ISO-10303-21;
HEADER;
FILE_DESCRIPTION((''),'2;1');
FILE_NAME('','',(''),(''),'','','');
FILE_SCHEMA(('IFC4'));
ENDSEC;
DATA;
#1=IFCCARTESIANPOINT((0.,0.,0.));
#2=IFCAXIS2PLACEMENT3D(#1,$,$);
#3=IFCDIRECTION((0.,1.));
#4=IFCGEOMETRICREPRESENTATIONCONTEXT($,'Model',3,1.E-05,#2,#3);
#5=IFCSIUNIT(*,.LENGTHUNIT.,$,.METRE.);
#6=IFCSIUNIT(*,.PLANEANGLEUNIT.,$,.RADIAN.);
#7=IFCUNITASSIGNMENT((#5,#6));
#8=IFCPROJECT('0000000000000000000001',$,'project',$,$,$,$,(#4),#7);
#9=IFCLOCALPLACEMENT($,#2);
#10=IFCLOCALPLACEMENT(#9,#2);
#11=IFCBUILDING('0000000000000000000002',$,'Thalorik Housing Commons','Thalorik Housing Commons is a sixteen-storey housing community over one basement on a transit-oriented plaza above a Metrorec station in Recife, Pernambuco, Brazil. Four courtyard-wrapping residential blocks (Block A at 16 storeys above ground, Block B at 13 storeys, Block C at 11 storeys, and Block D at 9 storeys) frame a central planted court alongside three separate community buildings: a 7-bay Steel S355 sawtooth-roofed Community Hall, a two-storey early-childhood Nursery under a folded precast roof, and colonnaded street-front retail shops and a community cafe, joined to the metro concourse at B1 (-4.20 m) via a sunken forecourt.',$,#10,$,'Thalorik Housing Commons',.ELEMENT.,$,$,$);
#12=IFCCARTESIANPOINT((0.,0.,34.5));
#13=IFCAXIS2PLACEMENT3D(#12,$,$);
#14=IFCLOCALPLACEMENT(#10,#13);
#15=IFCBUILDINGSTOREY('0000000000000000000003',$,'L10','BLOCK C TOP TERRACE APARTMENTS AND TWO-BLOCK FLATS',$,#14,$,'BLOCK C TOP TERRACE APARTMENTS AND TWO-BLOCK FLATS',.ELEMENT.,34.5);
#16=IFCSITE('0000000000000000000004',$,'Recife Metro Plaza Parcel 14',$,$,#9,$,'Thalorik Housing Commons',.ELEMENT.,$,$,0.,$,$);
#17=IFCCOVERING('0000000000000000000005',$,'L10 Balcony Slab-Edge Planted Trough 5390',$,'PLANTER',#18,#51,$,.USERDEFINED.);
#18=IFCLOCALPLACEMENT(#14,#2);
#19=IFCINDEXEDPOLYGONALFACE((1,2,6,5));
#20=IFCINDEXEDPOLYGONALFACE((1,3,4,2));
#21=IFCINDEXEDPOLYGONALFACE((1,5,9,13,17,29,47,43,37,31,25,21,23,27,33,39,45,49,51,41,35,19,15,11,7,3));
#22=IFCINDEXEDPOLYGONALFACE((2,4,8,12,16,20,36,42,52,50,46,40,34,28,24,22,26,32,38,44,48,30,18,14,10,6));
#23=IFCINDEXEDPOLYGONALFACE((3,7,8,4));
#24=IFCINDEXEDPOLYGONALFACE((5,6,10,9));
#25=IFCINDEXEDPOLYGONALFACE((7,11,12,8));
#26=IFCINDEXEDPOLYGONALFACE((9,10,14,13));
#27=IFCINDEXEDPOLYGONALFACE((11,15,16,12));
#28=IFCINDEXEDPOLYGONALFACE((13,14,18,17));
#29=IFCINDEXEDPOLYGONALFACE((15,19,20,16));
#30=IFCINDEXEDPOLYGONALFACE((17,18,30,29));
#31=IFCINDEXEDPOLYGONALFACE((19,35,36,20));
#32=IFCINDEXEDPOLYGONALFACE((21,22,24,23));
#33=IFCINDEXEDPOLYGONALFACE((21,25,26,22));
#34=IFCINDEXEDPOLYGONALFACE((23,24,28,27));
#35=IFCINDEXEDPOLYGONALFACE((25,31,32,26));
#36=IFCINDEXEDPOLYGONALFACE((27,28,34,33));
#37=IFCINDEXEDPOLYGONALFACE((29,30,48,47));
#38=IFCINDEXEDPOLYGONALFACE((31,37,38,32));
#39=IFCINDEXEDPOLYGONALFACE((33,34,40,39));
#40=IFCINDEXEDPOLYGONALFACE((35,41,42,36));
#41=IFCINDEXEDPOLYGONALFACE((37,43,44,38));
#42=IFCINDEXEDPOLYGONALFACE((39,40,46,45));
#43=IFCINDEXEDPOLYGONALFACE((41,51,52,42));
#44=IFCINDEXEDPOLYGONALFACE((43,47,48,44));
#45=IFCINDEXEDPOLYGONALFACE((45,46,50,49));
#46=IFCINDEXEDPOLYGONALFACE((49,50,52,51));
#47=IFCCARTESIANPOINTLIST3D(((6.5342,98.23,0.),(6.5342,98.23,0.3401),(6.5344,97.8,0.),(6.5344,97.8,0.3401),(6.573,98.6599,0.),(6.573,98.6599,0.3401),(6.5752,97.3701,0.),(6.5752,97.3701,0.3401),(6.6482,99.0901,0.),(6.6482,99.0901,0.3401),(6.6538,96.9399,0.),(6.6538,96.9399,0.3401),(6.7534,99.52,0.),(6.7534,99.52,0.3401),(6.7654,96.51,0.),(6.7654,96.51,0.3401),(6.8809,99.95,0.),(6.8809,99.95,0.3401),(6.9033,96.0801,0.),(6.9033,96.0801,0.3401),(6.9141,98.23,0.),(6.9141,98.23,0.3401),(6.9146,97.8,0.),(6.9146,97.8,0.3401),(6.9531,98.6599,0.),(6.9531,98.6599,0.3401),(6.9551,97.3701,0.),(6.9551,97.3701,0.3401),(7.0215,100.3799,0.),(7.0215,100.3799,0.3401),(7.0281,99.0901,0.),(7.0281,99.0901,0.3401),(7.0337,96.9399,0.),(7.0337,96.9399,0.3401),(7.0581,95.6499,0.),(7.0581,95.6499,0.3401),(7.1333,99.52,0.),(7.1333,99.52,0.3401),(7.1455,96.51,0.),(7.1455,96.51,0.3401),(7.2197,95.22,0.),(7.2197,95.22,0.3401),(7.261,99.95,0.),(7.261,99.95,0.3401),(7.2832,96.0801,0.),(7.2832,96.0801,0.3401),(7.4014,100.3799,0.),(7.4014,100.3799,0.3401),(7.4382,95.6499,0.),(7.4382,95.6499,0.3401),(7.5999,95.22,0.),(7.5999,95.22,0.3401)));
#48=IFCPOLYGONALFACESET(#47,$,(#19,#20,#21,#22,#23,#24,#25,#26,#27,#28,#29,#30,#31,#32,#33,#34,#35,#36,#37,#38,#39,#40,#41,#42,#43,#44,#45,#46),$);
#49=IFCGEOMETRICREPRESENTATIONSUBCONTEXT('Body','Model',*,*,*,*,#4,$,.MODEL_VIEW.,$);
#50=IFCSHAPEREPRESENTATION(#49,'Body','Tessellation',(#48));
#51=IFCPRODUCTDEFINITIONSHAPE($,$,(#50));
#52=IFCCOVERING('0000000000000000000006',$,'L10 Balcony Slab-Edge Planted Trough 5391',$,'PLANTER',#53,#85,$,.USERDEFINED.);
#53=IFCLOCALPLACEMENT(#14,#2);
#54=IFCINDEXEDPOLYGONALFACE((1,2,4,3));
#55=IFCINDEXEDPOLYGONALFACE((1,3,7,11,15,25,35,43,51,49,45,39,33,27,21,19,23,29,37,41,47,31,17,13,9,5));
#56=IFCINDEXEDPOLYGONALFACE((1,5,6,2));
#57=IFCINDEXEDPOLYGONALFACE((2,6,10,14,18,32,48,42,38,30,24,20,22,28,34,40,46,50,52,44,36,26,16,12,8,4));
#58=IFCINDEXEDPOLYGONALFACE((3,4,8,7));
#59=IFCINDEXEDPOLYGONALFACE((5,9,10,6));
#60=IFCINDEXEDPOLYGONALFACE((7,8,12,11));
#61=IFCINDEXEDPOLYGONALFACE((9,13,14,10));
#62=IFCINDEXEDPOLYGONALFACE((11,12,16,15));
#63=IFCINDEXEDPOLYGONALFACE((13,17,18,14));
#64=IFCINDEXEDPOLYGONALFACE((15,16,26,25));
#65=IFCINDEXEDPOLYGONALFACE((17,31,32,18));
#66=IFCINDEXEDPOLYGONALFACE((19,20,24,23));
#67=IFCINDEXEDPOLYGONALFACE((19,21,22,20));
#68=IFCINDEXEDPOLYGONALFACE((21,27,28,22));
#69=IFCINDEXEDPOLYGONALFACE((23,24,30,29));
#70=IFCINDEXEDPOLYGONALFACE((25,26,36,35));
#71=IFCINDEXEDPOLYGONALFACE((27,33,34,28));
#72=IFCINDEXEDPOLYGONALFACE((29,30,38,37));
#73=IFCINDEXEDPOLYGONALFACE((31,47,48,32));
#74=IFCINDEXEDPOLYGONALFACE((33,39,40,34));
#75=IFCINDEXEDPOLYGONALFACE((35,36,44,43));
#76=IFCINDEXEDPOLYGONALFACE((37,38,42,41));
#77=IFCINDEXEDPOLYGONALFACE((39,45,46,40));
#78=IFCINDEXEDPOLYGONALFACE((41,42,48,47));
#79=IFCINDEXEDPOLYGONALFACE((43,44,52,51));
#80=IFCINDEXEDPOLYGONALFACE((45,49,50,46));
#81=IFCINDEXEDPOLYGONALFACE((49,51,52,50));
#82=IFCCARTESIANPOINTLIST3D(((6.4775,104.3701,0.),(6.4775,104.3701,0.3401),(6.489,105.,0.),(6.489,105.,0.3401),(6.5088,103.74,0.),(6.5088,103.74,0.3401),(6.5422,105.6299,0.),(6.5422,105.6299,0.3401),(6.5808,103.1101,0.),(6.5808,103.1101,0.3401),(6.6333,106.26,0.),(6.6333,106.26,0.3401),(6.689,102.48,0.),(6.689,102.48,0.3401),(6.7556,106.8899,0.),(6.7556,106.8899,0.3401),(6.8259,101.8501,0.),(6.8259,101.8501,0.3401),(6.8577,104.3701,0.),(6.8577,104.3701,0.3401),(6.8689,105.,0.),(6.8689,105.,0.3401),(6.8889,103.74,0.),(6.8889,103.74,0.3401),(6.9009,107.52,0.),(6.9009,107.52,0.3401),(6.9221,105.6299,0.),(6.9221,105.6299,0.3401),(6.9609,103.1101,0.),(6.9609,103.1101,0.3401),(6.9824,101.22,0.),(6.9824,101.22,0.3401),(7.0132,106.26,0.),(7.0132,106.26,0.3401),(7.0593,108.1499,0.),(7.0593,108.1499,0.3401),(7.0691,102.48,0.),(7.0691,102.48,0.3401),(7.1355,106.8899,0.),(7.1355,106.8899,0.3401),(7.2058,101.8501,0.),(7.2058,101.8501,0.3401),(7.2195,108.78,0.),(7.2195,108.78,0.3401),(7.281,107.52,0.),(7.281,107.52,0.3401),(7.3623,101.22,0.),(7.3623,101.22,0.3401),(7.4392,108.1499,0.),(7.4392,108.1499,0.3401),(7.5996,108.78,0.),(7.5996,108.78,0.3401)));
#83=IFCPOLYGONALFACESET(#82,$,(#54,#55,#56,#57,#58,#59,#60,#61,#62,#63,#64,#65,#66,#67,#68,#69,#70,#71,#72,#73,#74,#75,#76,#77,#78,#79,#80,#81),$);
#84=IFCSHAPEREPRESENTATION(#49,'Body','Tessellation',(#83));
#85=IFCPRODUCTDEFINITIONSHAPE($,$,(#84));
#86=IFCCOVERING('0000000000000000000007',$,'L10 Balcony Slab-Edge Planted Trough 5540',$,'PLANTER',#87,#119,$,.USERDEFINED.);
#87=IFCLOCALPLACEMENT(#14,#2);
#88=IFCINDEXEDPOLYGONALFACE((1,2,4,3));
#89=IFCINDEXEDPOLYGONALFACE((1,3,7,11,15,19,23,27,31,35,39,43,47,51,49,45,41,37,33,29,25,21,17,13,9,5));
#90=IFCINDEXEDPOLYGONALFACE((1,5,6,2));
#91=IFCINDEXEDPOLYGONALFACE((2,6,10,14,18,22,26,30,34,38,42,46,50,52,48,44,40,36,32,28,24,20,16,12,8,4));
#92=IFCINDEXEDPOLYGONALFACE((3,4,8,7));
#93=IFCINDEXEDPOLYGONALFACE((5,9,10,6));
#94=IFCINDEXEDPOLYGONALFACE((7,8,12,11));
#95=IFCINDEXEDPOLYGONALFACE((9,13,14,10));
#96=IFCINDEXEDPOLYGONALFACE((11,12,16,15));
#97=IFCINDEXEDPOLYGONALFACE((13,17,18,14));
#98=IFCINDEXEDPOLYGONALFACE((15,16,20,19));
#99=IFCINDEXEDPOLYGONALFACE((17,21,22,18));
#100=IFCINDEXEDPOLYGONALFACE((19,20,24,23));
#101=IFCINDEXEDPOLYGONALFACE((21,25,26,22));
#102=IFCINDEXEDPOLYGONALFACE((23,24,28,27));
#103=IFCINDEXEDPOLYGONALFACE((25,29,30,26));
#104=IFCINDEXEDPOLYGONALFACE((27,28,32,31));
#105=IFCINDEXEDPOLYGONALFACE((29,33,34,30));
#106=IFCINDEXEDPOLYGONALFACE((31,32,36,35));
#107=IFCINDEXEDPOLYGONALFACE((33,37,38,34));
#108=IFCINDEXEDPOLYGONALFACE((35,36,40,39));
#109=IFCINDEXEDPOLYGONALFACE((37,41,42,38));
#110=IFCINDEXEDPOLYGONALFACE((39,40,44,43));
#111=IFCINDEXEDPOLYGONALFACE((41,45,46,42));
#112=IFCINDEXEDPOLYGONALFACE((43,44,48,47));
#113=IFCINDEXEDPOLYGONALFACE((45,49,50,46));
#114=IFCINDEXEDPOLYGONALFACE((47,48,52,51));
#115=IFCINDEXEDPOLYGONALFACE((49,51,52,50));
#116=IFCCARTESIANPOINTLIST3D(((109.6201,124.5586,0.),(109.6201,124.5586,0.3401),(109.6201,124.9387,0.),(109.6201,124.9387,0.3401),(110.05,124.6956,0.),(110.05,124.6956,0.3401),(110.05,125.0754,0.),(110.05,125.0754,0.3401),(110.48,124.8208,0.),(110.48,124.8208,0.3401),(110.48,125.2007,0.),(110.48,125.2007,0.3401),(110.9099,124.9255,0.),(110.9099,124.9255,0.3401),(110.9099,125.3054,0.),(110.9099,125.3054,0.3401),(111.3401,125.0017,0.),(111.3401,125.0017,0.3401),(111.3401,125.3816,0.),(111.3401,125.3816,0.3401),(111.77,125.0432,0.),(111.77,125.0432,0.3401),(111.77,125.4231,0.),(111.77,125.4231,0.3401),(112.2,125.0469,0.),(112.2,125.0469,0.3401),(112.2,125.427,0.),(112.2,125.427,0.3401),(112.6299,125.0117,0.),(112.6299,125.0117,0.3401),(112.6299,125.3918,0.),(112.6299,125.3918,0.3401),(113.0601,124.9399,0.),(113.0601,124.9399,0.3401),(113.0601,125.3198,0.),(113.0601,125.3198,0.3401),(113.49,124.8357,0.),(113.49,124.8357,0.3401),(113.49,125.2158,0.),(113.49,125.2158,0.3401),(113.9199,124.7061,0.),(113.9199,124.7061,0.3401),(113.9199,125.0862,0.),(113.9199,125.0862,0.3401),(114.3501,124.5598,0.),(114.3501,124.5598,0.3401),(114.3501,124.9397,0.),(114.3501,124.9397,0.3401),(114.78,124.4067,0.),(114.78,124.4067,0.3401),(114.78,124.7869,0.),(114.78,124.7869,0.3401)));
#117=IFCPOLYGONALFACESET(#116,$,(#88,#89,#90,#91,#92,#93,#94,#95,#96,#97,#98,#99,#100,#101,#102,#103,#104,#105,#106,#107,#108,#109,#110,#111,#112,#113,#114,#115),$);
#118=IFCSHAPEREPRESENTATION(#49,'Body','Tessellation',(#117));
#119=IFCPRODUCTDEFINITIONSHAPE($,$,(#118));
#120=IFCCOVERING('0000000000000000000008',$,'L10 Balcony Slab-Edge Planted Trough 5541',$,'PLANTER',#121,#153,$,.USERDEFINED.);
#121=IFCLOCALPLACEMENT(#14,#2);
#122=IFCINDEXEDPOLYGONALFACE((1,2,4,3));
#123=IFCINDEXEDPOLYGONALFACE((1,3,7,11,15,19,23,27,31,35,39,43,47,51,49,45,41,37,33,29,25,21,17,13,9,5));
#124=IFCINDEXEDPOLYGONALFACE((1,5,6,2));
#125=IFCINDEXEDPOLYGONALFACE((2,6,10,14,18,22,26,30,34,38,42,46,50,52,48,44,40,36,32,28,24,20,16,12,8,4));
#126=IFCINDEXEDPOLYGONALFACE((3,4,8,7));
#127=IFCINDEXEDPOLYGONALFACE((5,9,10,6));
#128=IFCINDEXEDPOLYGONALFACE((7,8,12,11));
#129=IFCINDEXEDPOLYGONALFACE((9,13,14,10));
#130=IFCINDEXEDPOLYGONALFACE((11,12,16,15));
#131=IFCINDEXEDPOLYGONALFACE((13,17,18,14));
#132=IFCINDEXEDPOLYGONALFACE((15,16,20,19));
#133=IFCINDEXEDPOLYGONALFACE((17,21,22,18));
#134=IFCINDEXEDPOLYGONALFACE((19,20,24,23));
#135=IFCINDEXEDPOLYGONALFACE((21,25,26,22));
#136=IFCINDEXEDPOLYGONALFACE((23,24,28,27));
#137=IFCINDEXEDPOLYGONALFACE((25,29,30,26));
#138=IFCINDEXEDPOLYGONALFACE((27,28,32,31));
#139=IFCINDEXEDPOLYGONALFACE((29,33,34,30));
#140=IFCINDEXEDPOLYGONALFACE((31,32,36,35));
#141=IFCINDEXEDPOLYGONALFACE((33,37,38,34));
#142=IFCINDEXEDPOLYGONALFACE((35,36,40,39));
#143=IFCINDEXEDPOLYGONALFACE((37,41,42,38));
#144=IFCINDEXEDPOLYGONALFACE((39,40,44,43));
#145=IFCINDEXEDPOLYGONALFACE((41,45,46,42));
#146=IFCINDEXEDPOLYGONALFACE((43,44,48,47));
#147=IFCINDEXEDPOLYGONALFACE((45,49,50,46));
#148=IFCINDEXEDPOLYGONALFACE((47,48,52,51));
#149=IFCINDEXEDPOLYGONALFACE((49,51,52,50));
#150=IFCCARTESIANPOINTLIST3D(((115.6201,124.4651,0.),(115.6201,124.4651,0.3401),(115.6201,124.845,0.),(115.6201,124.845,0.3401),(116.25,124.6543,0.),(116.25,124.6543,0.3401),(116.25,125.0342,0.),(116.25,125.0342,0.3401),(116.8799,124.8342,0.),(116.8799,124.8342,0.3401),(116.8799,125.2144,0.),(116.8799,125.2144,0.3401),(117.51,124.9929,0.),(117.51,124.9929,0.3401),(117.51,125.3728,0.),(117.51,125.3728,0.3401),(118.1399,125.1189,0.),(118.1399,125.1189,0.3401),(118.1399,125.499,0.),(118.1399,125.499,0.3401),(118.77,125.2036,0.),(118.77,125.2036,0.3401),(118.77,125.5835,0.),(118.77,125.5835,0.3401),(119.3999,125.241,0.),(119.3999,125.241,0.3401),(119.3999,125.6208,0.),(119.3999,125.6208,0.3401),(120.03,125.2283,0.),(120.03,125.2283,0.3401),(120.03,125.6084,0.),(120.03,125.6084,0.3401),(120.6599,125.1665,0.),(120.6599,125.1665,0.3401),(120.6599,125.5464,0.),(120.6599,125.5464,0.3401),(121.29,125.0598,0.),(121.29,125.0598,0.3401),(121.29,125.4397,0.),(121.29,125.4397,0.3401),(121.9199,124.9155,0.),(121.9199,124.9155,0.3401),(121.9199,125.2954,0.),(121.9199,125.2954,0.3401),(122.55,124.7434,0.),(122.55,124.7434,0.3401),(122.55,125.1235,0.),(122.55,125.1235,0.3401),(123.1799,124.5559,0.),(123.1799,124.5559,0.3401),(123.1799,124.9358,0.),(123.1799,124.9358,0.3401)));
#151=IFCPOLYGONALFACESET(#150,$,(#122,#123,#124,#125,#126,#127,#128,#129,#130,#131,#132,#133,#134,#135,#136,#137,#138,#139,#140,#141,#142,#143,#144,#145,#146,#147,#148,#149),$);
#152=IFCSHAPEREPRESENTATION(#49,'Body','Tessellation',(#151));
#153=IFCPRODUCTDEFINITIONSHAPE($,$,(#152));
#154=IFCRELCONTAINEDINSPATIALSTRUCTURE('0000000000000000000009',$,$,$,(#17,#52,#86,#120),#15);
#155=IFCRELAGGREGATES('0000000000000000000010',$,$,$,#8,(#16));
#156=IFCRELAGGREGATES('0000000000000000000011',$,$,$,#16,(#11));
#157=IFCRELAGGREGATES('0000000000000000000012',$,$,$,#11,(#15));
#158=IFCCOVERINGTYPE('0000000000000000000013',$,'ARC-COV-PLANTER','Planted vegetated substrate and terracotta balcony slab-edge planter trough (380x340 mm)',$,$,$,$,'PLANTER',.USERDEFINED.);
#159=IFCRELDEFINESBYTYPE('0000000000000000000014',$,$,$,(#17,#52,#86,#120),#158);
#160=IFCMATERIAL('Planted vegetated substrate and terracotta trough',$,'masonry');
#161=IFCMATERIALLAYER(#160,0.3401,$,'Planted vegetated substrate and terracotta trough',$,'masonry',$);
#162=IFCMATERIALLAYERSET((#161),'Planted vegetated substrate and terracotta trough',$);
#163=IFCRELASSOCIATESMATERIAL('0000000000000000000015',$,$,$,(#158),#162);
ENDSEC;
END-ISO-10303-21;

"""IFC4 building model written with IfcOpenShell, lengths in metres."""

from ifc_helpers import new_model, si_unit, direction, frame, origin, place, context, subcontext, project, spatial, polyline, outline, extrude, material, layer, layer_set, type_object, element, save


model = new_model("IFC4")

# Units and contexts
model_context = context("Model", 3, precision=1e-05, world=origin(), true_north=direction((0.0, 1.0)))
body_context = subcontext(model_context, "Body", "Model", "MODEL_VIEW")
ifc_project = project(units=[si_unit("LENGTHUNIT", "METRE"), si_unit("PLANEANGLEUNIT", "RADIAN")], contexts=[model_context])

# Site, building, storey
site_placement = place(None, origin())
site = spatial("IfcSite", under=ifc_project, at=site_placement, Name="Recife Metro Plaza Parcel 14", LongName="Thalorik Housing Commons", CompositionType="ELEMENT", RefElevation=0.0)
building_placement = place(site_placement, origin())
building = spatial("IfcBuilding", under=site, at=building_placement, Name="Thalorik Housing Commons", Description="Thalorik Housing Commons is a sixteen-storey housing community over one basement on a transit-oriented plaza above a Metrorec station in Recife, Pernambuco, Brazil. Four courtyard-wrapping residential blocks (Block A at 16 storeys above ground, Block B at 13 storeys, Block C at 11 storeys, and Block D at 9 storeys) frame a central planted court alongside three separate community buildings: a 7-bay Steel S355 sawtooth-roofed Community Hall, a two-storey early-childhood Nursery under a folded precast roof, and colonnaded street-front retail shops and a community cafe, joined to the metro concourse at B1 (-4.20 m) via a sunken forecourt.", LongName="Thalorik Housing Commons", CompositionType="ELEMENT")
storey_placement = place(building_placement, frame((0.0, 0.0, 34.5)))
storey = spatial("IfcBuildingStorey", under=building, at=storey_placement, Name="L10", Description="BLOCK C TOP TERRACE APARTMENTS AND TWO-BLOCK FLATS", LongName="BLOCK C TOP TERRACE APARTMENTS AND TWO-BLOCK FLATS", CompositionType="ELEMENT", Elevation=34.5)

# Coverings
ifc_material_1 = material(Name="Planted vegetated substrate and terracotta trough", Category="masonry")
ifc_layer_1 = layer(ifc_material_1, 0.3401, Name="Planted vegetated substrate and terracotta trough", Category="masonry")
ifc_layer_set_1 = layer_set([ifc_layer_1], Name="Planted vegetated substrate and terracotta trough")
covering_type_1 = type_object("IfcCoveringType", Name="ARC-COV-PLANTER", Description="Planted vegetated substrate and terracotta balcony slab-edge planter trough (380x340 mm)", ElementType="PLANTER", PredefinedType="USERDEFINED", material=ifc_layer_set_1)
covering_1_placement = place(storey_placement, origin())
element("IfcCovering", 1, at=covering_1_placement, inside=storey, type_object=covering_type_1, Name="L10 Balcony Slab-Edge Planted Trough 5390", ObjectType="PLANTER", PredefinedType="USERDEFINED", context=body_context, shape_type="SweptSolid", body=[
    extrude(outline(polyline([(7.0215, 100.3799), (6.8809, 99.95), (6.7534, 99.52), (6.6482, 99.0901), (6.573, 98.6599), (6.5342, 98.23), (6.5344, 97.8), (6.5752, 97.3701), (6.6538, 96.9399), (6.7654, 96.51), (6.9033, 96.0801), (7.0581, 95.6499), (7.2197, 95.22), (7.5999, 95.22), (7.4382, 95.6499), (7.2832, 96.0801), (7.1455, 96.51), (7.0337, 96.9399), (6.9551, 97.3701), (6.9146, 97.8), (6.9141, 98.23), (6.9531, 98.6599), (7.0281, 99.0901), (7.1333, 99.52), (7.261, 99.95), (7.4014, 100.3799), (7.0215, 100.3799)])), origin(), (0.0, 0.0, 1.0), 0.3401),
])
covering_2_placement = place(storey_placement, origin())
element("IfcCovering", 2, at=covering_2_placement, inside=storey, type_object=covering_type_1, Name="L10 Balcony Slab-Edge Planted Trough 5391", ObjectType="PLANTER", PredefinedType="USERDEFINED", context=body_context, shape_type="SweptSolid", body=[
    extrude(outline(polyline([(7.2195, 108.78), (7.0593, 108.1499), (6.9009, 107.52), (6.7556, 106.8899), (6.6333, 106.26), (6.5422, 105.6299), (6.489, 105.0), (6.4775, 104.3701), (6.5088, 103.74), (6.5808, 103.1101), (6.689, 102.48), (6.8259, 101.8501), (6.9824, 101.22), (7.3623, 101.22), (7.2058, 101.8501), (7.0691, 102.48), (6.9609, 103.1101), (6.8889, 103.74), (6.8577, 104.3701), (6.8689, 105.0), (6.9221, 105.6299), (7.0132, 106.26), (7.1355, 106.8899), (7.281, 107.52), (7.4392, 108.1499), (7.5996, 108.78), (7.2195, 108.78)])), origin(), (0.0, 0.0, 1.0), 0.3401),
])
covering_3_placement = place(storey_placement, origin())
element("IfcCovering", 3, at=covering_3_placement, inside=storey, type_object=covering_type_1, Name="L10 Balcony Slab-Edge Planted Trough 5540", ObjectType="PLANTER", PredefinedType="USERDEFINED", context=body_context, shape_type="SweptSolid", body=[
    extrude(outline(polyline([(114.78, 124.7869), (114.3501, 124.9397), (113.9199, 125.0862), (113.49, 125.2158), (113.0601, 125.3198), (112.6299, 125.3918), (112.2, 125.427), (111.77, 125.4231), (111.3401, 125.3816), (110.9099, 125.3054), (110.48, 125.2007), (110.05, 125.0754), (109.6201, 124.9387), (109.6201, 124.5586), (110.05, 124.6956), (110.48, 124.8208), (110.9099, 124.9255), (111.3401, 125.0017), (111.77, 125.0432), (112.2, 125.0469), (112.6299, 125.0117), (113.0601, 124.9399), (113.49, 124.8357), (113.9199, 124.7061), (114.3501, 124.5598), (114.78, 124.4067), (114.78, 124.7869)])), origin(), (0.0, 0.0, 1.0), 0.3401),
])
covering_4_placement = place(storey_placement, origin())
element("IfcCovering", 4, at=covering_4_placement, inside=storey, type_object=covering_type_1, Name="L10 Balcony Slab-Edge Planted Trough 5541", ObjectType="PLANTER", PredefinedType="USERDEFINED", context=body_context, shape_type="SweptSolid", body=[
    extrude(outline(polyline([(123.1799, 124.9358), (122.55, 125.1235), (121.9199, 125.2954), (121.29, 125.4397), (120.6599, 125.5464), (120.03, 125.6084), (119.3999, 125.6208), (118.77, 125.5835), (118.1399, 125.499), (117.51, 125.3728), (116.8799, 125.2144), (116.25, 125.0342), (115.6201, 124.845), (115.6201, 124.4651), (116.25, 124.6543), (116.8799, 124.8342), (117.51, 124.9929), (118.1399, 125.1189), (118.77, 125.2036), (119.3999, 125.241), (120.03, 125.2283), (120.6599, 125.1665), (121.29, 125.0598), (121.9199, 124.9155), (122.55, 124.7434), (123.1799, 124.5559), (123.1799, 124.9358)])), origin(), (0.0, 0.0, 1.0), 0.3401),
])

save(model, "model.ifc")
